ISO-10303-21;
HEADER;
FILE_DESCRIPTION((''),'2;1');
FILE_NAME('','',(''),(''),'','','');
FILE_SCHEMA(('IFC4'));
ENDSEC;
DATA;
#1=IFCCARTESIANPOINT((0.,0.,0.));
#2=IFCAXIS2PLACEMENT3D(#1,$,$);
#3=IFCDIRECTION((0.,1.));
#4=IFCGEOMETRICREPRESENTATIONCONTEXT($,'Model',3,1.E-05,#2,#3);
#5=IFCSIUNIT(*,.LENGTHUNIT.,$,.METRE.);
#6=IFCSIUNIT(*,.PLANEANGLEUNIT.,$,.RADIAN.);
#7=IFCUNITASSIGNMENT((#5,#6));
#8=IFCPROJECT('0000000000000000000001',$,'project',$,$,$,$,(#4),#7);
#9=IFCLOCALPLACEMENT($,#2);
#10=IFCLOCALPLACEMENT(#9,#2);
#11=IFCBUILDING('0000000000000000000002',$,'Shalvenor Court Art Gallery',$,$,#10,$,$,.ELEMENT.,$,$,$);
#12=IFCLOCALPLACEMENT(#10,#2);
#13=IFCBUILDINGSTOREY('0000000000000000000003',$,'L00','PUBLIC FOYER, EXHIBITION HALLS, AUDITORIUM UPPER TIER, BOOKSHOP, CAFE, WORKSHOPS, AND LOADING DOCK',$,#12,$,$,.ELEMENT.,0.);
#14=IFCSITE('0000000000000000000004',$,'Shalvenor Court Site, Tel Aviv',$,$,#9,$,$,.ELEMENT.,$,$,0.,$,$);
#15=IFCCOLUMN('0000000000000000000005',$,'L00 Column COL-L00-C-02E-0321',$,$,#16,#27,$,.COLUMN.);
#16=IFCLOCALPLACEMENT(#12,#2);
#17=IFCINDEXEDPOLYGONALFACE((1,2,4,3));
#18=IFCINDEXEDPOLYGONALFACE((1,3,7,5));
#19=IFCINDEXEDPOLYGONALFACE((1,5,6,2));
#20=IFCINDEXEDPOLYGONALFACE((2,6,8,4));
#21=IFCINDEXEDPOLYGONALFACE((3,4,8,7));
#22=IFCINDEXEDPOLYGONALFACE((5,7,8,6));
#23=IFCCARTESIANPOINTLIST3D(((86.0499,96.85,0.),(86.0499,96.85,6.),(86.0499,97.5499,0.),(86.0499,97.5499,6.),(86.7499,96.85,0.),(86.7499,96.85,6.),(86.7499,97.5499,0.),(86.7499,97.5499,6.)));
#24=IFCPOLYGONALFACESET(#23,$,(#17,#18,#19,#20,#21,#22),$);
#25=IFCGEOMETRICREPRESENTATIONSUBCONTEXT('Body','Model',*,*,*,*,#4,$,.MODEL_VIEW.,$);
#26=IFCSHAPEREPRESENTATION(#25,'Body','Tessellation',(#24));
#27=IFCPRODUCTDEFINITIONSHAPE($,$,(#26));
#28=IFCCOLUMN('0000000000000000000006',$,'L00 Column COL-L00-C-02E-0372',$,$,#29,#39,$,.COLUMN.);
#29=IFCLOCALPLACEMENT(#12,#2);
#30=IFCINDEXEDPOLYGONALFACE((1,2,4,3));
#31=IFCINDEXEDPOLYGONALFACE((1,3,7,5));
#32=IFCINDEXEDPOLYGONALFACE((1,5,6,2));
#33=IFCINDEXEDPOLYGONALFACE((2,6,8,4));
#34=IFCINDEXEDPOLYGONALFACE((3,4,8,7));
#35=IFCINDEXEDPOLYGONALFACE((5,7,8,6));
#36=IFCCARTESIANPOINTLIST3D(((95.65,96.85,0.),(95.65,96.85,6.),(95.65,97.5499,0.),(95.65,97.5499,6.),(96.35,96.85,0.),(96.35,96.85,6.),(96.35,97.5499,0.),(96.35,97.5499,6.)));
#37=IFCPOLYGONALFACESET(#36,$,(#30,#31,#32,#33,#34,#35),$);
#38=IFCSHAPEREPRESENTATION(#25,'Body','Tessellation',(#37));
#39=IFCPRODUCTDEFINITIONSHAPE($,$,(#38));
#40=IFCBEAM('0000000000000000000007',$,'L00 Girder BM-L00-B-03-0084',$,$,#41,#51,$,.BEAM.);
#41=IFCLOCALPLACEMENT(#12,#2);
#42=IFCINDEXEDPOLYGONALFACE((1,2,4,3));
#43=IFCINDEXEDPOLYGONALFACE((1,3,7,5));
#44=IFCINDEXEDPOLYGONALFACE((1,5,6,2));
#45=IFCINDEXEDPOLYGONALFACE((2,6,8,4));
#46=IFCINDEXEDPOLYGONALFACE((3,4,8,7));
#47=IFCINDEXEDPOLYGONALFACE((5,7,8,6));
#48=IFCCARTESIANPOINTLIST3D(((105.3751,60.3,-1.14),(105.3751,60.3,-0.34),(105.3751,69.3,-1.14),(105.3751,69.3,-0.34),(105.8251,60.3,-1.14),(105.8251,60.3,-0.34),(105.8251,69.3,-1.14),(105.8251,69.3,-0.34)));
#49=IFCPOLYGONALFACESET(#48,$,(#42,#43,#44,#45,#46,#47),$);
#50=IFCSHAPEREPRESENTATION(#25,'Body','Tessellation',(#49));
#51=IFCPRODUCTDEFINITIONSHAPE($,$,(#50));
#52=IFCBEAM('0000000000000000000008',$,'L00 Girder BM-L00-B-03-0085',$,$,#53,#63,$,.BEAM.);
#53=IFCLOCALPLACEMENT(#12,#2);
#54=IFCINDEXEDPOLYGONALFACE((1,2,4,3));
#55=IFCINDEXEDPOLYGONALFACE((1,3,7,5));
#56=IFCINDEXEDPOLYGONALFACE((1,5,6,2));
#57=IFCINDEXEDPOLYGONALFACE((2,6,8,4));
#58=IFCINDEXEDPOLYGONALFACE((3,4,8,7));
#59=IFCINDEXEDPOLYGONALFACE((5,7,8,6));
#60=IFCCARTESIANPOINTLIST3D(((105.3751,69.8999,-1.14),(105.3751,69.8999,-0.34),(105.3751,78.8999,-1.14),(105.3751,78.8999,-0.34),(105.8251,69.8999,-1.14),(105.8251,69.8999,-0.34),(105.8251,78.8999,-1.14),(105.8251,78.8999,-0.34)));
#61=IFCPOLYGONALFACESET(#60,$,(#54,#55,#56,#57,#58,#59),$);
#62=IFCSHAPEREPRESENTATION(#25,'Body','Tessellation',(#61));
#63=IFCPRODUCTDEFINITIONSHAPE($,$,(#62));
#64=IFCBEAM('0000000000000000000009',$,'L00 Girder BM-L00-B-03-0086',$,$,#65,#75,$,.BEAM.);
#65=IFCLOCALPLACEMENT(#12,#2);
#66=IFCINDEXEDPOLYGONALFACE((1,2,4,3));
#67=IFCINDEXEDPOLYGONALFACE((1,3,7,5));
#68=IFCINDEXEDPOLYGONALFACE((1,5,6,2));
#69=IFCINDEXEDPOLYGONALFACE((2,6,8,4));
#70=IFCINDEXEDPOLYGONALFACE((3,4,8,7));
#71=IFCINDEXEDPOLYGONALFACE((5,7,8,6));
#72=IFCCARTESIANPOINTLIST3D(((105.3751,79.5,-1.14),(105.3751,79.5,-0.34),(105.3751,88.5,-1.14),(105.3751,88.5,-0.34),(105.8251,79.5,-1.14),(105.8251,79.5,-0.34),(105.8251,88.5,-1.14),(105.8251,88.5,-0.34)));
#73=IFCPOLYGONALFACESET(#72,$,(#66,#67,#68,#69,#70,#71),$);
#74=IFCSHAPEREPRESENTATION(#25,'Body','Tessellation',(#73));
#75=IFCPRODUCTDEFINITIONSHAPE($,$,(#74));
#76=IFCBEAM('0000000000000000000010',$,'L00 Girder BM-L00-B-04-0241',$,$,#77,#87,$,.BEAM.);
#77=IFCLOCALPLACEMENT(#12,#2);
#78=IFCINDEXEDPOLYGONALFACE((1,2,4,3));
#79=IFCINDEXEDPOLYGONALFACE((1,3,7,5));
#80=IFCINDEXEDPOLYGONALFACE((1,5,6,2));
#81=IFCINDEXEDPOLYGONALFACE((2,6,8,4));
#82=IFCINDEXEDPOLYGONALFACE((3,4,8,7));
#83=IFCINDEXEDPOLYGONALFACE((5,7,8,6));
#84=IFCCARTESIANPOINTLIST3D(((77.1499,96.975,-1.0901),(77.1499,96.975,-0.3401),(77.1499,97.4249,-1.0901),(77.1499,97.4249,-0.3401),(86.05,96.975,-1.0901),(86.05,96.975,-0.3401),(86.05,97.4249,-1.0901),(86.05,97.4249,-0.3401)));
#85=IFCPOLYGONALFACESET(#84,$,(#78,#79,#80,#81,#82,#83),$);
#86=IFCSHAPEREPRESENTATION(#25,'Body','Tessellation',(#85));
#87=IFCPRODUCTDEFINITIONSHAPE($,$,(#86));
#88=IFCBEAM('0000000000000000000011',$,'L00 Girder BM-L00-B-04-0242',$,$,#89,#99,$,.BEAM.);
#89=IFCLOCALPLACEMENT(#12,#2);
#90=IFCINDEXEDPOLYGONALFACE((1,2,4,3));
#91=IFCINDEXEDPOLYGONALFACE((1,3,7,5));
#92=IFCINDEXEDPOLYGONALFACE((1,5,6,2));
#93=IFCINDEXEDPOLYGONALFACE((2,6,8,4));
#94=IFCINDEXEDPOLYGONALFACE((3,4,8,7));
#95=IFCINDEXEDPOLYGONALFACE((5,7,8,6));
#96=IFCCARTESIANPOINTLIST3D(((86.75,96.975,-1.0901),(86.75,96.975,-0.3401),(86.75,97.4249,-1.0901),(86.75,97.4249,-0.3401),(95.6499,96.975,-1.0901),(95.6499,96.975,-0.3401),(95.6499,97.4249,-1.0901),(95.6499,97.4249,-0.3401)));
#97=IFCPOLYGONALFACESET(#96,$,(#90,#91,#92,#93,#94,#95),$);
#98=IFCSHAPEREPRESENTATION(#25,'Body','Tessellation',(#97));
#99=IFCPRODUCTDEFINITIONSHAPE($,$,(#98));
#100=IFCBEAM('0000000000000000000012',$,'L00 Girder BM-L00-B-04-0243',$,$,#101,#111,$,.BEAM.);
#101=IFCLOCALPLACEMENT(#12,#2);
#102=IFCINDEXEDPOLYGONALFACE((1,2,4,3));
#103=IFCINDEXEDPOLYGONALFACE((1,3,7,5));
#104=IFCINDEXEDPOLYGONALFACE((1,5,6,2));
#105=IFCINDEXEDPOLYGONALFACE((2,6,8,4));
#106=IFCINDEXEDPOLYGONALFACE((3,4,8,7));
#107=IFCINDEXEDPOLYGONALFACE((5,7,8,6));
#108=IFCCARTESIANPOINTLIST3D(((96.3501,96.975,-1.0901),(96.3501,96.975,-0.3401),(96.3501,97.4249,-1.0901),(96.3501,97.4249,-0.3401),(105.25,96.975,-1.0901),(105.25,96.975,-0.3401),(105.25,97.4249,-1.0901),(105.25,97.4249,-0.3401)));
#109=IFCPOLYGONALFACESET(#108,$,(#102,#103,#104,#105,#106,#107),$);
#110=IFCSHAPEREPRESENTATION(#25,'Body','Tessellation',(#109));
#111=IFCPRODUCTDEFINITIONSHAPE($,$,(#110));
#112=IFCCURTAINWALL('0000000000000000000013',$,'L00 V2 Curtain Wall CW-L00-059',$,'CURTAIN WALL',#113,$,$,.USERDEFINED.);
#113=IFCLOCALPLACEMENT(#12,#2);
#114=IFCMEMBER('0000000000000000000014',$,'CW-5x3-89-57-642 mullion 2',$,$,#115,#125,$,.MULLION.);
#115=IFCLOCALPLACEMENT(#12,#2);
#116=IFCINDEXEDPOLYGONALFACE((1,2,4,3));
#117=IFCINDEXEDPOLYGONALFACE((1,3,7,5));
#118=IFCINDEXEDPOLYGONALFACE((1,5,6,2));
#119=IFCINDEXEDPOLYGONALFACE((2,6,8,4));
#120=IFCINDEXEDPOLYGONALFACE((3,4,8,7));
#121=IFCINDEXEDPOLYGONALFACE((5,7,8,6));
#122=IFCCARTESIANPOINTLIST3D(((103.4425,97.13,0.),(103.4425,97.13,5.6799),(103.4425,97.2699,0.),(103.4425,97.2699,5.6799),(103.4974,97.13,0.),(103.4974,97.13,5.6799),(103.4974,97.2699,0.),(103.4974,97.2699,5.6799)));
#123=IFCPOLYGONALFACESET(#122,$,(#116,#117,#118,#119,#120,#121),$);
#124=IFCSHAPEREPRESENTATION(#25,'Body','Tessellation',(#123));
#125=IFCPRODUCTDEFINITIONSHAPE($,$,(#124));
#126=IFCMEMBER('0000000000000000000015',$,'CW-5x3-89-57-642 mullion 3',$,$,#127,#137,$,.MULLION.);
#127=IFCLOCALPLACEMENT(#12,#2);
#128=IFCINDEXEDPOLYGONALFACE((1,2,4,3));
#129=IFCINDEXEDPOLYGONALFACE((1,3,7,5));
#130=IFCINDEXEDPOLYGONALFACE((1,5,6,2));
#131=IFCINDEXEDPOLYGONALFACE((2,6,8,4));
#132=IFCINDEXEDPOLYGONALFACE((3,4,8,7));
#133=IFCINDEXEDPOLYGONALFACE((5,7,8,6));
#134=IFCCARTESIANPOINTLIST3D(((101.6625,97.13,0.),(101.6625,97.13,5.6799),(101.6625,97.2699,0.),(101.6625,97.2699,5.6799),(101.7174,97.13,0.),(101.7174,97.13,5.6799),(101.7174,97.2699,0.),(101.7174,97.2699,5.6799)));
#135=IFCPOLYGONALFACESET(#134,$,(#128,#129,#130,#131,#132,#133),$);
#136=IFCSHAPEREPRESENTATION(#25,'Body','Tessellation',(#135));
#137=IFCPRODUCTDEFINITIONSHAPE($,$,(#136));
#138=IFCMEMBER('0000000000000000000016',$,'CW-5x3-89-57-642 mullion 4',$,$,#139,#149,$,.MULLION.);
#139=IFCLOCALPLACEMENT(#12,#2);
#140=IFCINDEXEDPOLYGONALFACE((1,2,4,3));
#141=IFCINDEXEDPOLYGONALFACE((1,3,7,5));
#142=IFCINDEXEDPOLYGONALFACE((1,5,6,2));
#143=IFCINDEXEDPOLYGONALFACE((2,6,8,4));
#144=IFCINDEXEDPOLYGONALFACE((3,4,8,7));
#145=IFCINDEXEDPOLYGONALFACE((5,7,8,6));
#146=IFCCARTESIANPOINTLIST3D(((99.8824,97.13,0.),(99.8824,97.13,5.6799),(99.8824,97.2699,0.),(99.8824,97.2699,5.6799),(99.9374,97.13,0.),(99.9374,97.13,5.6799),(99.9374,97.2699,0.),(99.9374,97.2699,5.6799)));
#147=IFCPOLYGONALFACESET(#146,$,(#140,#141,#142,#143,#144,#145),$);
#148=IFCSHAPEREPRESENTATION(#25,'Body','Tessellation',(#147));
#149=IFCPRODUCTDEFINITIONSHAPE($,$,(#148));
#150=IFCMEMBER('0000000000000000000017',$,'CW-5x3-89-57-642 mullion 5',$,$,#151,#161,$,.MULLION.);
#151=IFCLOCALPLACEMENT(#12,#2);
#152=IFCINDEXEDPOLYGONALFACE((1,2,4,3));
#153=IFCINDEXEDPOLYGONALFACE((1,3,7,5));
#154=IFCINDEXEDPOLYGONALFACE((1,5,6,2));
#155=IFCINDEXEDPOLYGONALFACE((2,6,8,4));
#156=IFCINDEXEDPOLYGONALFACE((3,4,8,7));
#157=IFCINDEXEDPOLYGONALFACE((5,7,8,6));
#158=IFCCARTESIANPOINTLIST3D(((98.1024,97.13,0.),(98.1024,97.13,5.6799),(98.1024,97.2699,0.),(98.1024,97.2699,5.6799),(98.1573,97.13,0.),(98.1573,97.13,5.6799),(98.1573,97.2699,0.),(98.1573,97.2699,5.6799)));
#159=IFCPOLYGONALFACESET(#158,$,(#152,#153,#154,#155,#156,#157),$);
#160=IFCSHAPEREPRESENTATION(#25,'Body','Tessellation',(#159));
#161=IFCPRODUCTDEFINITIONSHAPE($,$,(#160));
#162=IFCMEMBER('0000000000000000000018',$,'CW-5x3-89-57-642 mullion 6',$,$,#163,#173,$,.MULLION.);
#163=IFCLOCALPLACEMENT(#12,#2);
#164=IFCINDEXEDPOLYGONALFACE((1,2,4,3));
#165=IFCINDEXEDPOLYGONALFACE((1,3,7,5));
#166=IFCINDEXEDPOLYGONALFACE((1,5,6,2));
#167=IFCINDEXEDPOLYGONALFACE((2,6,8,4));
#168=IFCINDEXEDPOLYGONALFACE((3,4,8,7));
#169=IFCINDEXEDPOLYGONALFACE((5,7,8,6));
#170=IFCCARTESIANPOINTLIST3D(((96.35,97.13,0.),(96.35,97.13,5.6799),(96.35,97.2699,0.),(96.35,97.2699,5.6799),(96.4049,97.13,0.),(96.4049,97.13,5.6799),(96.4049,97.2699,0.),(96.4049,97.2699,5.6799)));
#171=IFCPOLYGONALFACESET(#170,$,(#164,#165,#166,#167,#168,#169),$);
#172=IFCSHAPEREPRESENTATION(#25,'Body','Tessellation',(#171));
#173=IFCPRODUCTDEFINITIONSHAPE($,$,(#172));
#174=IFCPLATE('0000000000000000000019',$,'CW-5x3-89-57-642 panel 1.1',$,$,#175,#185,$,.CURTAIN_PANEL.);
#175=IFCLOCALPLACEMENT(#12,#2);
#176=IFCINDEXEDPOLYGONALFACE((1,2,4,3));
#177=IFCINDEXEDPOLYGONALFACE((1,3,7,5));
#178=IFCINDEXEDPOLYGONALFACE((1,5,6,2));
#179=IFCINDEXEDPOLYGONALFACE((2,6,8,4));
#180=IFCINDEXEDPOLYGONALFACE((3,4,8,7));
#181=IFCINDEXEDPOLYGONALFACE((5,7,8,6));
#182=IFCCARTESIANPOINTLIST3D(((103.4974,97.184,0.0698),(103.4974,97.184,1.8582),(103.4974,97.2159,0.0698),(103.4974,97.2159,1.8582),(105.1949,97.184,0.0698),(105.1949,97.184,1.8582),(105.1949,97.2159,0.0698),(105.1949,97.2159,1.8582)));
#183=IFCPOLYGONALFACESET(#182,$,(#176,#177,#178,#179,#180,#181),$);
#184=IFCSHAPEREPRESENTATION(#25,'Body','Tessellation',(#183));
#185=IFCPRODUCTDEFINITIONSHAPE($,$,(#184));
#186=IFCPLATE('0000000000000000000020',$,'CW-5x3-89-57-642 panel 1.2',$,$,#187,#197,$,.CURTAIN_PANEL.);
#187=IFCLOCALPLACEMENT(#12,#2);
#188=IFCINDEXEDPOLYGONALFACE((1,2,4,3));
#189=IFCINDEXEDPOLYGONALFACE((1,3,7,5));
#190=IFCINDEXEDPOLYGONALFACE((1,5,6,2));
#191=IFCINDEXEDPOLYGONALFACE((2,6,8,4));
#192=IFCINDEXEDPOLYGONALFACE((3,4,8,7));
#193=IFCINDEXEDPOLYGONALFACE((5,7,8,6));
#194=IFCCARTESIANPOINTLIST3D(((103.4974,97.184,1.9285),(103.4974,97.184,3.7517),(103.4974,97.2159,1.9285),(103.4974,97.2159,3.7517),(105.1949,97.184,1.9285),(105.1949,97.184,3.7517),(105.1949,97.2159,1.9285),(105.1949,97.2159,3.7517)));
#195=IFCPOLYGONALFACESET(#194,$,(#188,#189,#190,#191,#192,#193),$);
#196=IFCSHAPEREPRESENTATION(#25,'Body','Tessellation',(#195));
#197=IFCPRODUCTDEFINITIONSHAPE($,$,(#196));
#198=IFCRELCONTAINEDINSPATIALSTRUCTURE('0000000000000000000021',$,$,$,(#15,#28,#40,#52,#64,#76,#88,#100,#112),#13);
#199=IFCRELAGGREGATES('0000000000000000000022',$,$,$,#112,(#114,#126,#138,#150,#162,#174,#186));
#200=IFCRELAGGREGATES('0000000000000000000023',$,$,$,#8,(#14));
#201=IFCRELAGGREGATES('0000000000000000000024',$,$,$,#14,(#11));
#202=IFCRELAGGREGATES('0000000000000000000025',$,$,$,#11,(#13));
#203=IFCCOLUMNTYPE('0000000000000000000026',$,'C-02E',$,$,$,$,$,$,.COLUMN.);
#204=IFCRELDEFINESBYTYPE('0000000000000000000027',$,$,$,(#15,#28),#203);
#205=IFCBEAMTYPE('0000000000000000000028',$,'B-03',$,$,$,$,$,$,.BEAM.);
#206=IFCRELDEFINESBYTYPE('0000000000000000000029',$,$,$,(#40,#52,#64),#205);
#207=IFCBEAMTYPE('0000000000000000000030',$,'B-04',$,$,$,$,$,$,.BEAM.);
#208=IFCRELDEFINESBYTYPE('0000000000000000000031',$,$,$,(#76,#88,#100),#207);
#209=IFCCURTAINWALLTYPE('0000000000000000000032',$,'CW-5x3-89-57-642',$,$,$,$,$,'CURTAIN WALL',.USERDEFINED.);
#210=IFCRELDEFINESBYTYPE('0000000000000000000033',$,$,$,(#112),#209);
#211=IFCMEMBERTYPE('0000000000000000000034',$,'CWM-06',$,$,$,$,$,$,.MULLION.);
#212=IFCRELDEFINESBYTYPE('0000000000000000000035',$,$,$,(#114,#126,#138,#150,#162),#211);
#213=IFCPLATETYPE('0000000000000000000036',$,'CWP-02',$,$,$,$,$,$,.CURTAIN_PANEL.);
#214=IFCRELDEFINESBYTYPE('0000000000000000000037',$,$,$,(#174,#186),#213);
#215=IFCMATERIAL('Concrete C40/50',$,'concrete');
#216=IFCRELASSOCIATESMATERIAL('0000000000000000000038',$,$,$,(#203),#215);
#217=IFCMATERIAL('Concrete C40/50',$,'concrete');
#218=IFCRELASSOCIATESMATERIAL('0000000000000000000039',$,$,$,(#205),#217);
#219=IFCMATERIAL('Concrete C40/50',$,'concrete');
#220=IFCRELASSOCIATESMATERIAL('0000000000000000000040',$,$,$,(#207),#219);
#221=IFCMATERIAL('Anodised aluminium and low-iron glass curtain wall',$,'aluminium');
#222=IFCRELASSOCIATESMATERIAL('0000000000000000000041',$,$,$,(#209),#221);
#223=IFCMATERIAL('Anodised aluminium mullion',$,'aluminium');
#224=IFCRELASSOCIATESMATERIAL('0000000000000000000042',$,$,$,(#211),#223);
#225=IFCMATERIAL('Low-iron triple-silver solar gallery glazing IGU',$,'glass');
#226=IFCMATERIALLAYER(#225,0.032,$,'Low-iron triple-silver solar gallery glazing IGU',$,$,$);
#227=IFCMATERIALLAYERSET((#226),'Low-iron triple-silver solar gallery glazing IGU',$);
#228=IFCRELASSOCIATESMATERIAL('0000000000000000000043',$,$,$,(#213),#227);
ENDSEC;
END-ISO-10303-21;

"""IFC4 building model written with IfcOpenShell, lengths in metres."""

from ifc_helpers import new_model, si_unit, direction, frame, origin, origin_2d, place, context, subcontext, project, spatial, rectangle, extrude, material, layer, layer_set, material_profile, profile_set, type_object, element, aggregate, save


model = new_model("IFC4")

# Units and contexts
model_context = context("Model", 3, precision=1e-05, world=origin(), true_north=direction((0.0, 1.0)))
body_context = subcontext(model_context, "Body", "Model", "MODEL_VIEW")
ifc_project = project(units=[si_unit("LENGTHUNIT", "METRE"), si_unit("PLANEANGLEUNIT", "RADIAN")], contexts=[model_context])

# Site, building, storey
site_placement = place(None, origin())
site = spatial("IfcSite", under=ifc_project, at=site_placement, Name="Shalvenor Court Site, Tel Aviv", CompositionType="ELEMENT", RefElevation=0.0)
building_placement = place(site_placement, origin())
building = spatial("IfcBuilding", under=site, at=building_placement, Name="Shalvenor Court Art Gallery", CompositionType="ELEMENT")
storey_placement = place(building_placement, origin())
storey = spatial("IfcBuildingStorey", under=building, at=storey_placement, Name="L00", Description="PUBLIC FOYER, EXHIBITION HALLS, AUDITORIUM UPPER TIER, BOOKSHOP, CAFE, WORKSHOPS, AND LOADING DOCK", CompositionType="ELEMENT", Elevation=0.0)

# Columns
ifc_material_1 = material(Name="Concrete C40/50", Category="concrete")
ifc_material_profile_1 = material_profile(ifc_material_1, rectangle(XDim=0.7, YDim=0.7, at=origin_2d()), Name="RC 700x700")
ifc_profile_set_1 = profile_set([ifc_material_profile_1], Name="Concrete C40/50")
column_type = type_object("IfcColumnType", Name="C-02E", PredefinedType="COLUMN", material=ifc_profile_set_1)
for number, where, z_axis, x_axis, name in (
    (1, (86.3999, 97.2, 0.0), (0.0, 0.0, 1.0), (1.0, 0.0, 0.0), "L00 Column COL-L00-C-02E-0321"),
    (2, (96.0, 97.2, 0.0), (0.0, 0.0, 1.0), (1.0, 0.0, 0.0), "L00 Column COL-L00-C-02E-0372"),
):
    element("IfcColumn", number, at=place(storey_placement, frame(where, z_axis=z_axis, x_axis=x_axis)), inside=storey, type_object=column_type, Name=name, PredefinedType="COLUMN", context=body_context, shape_type="SweptSolid", body=[
        extrude(rectangle(XDim=0.7, YDim=0.7, at=origin_2d()), origin(), (0.0, 0.0, 1.0), 6.0),
    ])

# Beams
ifc_material_2 = material(Name="Concrete C40/50", Category="concrete")
ifc_material_profile_2 = material_profile(ifc_material_2, rectangle(XDim=0.45, YDim=0.8, at=origin_2d()), Name="RC 450x800")
ifc_profile_set_2 = profile_set([ifc_material_profile_2], Name="Concrete C40/50")
beam_type_1 = type_object("IfcBeamType", Name="B-03", PredefinedType="BEAM", material=ifc_profile_set_2)
for number, where, z_axis, x_axis, name in (
    (3, (105.6001, 60.3, -0.74), (0.0, 1.0, 0.0), (-1.0, 0.0, 0.0), "L00 Girder BM-L00-B-03-0084"),
    (4, (105.6001, 69.8999, -0.74), (0.0, 1.0, 0.0), (-1.0, 0.0, 0.0), "L00 Girder BM-L00-B-03-0085"),
    (5, (105.6001, 79.5, -0.74), (0.0, 1.0, 0.0), (-1.0, 0.0, 0.0), "L00 Girder BM-L00-B-03-0086"),
):
    element("IfcBeam", number, at=place(storey_placement, frame(where, z_axis=z_axis, x_axis=x_axis)), inside=storey, type_object=beam_type_1, Name=name, PredefinedType="BEAM", context=body_context, shape_type="SweptSolid", body=[
        extrude(rectangle(XDim=0.45, YDim=0.8, at=origin_2d()), origin(), (0.0, 0.0, 1.0), 9.0),
    ])
ifc_material_3 = material(Name="Concrete C40/50", Category="concrete")
ifc_material_profile_3 = material_profile(ifc_material_3, rectangle(XDim=0.45, YDim=0.75, at=origin_2d()), Name="RC 450x750")
ifc_profile_set_3 = profile_set([ifc_material_profile_3], Name="Concrete C40/50")
beam_type_2 = type_object("IfcBeamType", Name="B-04", PredefinedType="BEAM", material=ifc_profile_set_3)
beam_placement = place(storey_placement, frame((77.1499, 97.2, -0.7151), z_axis=(1.0, 0.0, 0.0), x_axis=(0.0, 1.0, 0.0)))
element("IfcBeam", 6, at=beam_placement, inside=storey, type_object=beam_type_2, Name="L00 Girder BM-L00-B-04-0241", PredefinedType="BEAM", context=body_context, shape_type="SweptSolid", body=[
    extrude(rectangle(XDim=0.45, YDim=0.75, at=origin_2d()), origin(), (0.0, 0.0, 1.0), 8.9001),
])
for number, where, z_axis, x_axis, name in (
    (7, (86.75, 97.2, -0.7151), (1.0, 0.0, 0.0), (0.0, 1.0, 0.0), "L00 Girder BM-L00-B-04-0242"),
    (8, (96.3501, 97.2, -0.7151), (1.0, 0.0, 0.0), (0.0, 1.0, 0.0), "L00 Girder BM-L00-B-04-0243"),
):
    element("IfcBeam", number, at=place(storey_placement, frame(where, z_axis=z_axis, x_axis=x_axis)), inside=storey, type_object=beam_type_2, Name=name, PredefinedType="BEAM", context=body_context, shape_type="SweptSolid", body=[
        extrude(rectangle(XDim=0.45, YDim=0.75, at=origin_2d()), origin(), (0.0, 0.0, 1.0), 8.8999),
    ])

# Curtain wall, members, plates
ifc_material_4 = material(Name="Anodised aluminium and low-iron glass curtain wall", Category="aluminium")
curtain_wall_type = type_object("IfcCurtainWallType", Name="CW-5x3-89-57-642", ElementType="CURTAIN WALL", PredefinedType="USERDEFINED", material=ifc_material_4)
curtain_wall_placement = place(storey_placement, origin())
curtain_wall = element("IfcCurtainWall", 9, at=curtain_wall_placement, inside=storey, type_object=curtain_wall_type, Name="L00 V2 Curtain Wall CW-L00-059", ObjectType="CURTAIN WALL", PredefinedType="USERDEFINED")
ifc_material_5 = material(Name="Anodised aluminium mullion", Category="aluminium")
ifc_material_profile_4 = material_profile(ifc_material_5, rectangle(XDim=0.0549, YDim=0.1399, at=origin_2d()), Name="CWM-06")
ifc_profile_set_4 = profile_set([ifc_material_profile_4], Name="Anodised aluminium mullion")
member_type = type_object("IfcMemberType", Name="CWM-06", PredefinedType="MULLION", material=ifc_profile_set_4)
member_1_placement = place(storey_placement, frame((103.47, 97.2, 0.0), z_axis=(0.0, 0.0, 1.0), x_axis=(-1.0, 0.0, 0.0)))
member_1 = element("IfcMember", 10, at=member_1_placement, type_object=member_type, Name="CW-5x3-89-57-642 mullion 2", PredefinedType="MULLION", context=body_context, shape_type="SweptSolid", body=[
    extrude(rectangle(XDim=0.0549, YDim=0.1399, at=origin_2d()), origin(), (0.0, 0.0, 1.0), 5.6799),
])
member_2_placement = place(storey_placement, frame((101.6899, 97.2, 0.0), z_axis=(0.0, 0.0, 1.0), x_axis=(-1.0, 0.0, 0.0)))
member_2 = element("IfcMember", 11, at=member_2_placement, type_object=member_type, Name="CW-5x3-89-57-642 mullion 3", PredefinedType="MULLION", context=body_context, shape_type="SweptSolid", body=[
    extrude(rectangle(XDim=0.0549, YDim=0.1399, at=origin_2d()), origin(), (0.0, 0.0, 1.0), 5.6799),
])
member_3_placement = place(storey_placement, frame((99.9099, 97.2, 0.0), z_axis=(0.0, 0.0, 1.0), x_axis=(-1.0, 0.0, 0.0)))
member_3 = element("IfcMember", 12, at=member_3_placement, type_object=member_type, Name="CW-5x3-89-57-642 mullion 4", PredefinedType="MULLION", context=body_context, shape_type="SweptSolid", body=[
    extrude(rectangle(XDim=0.0549, YDim=0.1399, at=origin_2d()), origin(), (0.0, 0.0, 1.0), 5.6799),
])
member_4_placement = place(storey_placement, frame((98.1299, 97.2, 0.0), z_axis=(0.0, 0.0, 1.0), x_axis=(-1.0, 0.0, 0.0)))
member_4 = element("IfcMember", 13, at=member_4_placement, type_object=member_type, Name="CW-5x3-89-57-642 mullion 5", PredefinedType="MULLION", context=body_context, shape_type="SweptSolid", body=[
    extrude(rectangle(XDim=0.0549, YDim=0.1399, at=origin_2d()), origin(), (0.0, 0.0, 1.0), 5.6799),
])
member_5_placement = place(storey_placement, frame((96.3774, 97.2, 0.0), z_axis=(0.0, 0.0, 1.0), x_axis=(-1.0, 0.0, 0.0)))
member_5 = element("IfcMember", 14, at=member_5_placement, type_object=member_type, Name="CW-5x3-89-57-642 mullion 6", PredefinedType="MULLION", context=body_context, shape_type="SweptSolid", body=[
    extrude(rectangle(XDim=0.0549, YDim=0.1399, at=origin_2d()), origin(), (0.0, 0.0, 1.0), 5.6799),
])
ifc_material_6 = material(Name="Low-iron triple-silver solar gallery glazing IGU", Category="glass")
ifc_layer_1 = layer(ifc_material_6, 0.032, Name="Low-iron triple-silver solar gallery glazing IGU")
ifc_layer_set_1 = layer_set([ifc_layer_1], Name="Low-iron triple-silver solar gallery glazing IGU")
plate_type_1 = type_object("IfcPlateType", Name="CWP-02", PredefinedType="CURTAIN_PANEL", material=ifc_layer_set_1)
plate_1_placement = place(storey_placement, frame((104.3462, 97.2, 0.0698), z_axis=(0.0, 0.0, 1.0), x_axis=(-1.0, 0.0, 0.0)))
plate_1 = element("IfcPlate", 15, at=plate_1_placement, type_object=plate_type_1, Name="CW-5x3-89-57-642 panel 1.1", PredefinedType="CURTAIN_PANEL", context=body_context, shape_type="SweptSolid", body=[
    extrude(rectangle(XDim=1.6975, YDim=0.032, at=origin_2d()), origin(), (0.0, 0.0, 1.0), 1.7883),
])
plate_2_placement = place(storey_placement, frame((104.3462, 97.2, 1.9285), z_axis=(0.0, 0.0, 1.0), x_axis=(-1.0, 0.0, 0.0)))
plate_2 = element("IfcPlate", 16, at=plate_2_placement, type_object=plate_type_1, Name="CW-5x3-89-57-642 panel 1.2", PredefinedType="CURTAIN_PANEL", context=body_context, shape_type="SweptSolid", body=[
    extrude(rectangle(XDim=1.6975, YDim=0.032, at=origin_2d()), origin(), (0.0, 0.0, 1.0), 1.8232),
])
aggregate(curtain_wall, [member_1, member_2, member_3, member_4, member_5, plate_1, plate_2])

save(model, "model.ifc")
